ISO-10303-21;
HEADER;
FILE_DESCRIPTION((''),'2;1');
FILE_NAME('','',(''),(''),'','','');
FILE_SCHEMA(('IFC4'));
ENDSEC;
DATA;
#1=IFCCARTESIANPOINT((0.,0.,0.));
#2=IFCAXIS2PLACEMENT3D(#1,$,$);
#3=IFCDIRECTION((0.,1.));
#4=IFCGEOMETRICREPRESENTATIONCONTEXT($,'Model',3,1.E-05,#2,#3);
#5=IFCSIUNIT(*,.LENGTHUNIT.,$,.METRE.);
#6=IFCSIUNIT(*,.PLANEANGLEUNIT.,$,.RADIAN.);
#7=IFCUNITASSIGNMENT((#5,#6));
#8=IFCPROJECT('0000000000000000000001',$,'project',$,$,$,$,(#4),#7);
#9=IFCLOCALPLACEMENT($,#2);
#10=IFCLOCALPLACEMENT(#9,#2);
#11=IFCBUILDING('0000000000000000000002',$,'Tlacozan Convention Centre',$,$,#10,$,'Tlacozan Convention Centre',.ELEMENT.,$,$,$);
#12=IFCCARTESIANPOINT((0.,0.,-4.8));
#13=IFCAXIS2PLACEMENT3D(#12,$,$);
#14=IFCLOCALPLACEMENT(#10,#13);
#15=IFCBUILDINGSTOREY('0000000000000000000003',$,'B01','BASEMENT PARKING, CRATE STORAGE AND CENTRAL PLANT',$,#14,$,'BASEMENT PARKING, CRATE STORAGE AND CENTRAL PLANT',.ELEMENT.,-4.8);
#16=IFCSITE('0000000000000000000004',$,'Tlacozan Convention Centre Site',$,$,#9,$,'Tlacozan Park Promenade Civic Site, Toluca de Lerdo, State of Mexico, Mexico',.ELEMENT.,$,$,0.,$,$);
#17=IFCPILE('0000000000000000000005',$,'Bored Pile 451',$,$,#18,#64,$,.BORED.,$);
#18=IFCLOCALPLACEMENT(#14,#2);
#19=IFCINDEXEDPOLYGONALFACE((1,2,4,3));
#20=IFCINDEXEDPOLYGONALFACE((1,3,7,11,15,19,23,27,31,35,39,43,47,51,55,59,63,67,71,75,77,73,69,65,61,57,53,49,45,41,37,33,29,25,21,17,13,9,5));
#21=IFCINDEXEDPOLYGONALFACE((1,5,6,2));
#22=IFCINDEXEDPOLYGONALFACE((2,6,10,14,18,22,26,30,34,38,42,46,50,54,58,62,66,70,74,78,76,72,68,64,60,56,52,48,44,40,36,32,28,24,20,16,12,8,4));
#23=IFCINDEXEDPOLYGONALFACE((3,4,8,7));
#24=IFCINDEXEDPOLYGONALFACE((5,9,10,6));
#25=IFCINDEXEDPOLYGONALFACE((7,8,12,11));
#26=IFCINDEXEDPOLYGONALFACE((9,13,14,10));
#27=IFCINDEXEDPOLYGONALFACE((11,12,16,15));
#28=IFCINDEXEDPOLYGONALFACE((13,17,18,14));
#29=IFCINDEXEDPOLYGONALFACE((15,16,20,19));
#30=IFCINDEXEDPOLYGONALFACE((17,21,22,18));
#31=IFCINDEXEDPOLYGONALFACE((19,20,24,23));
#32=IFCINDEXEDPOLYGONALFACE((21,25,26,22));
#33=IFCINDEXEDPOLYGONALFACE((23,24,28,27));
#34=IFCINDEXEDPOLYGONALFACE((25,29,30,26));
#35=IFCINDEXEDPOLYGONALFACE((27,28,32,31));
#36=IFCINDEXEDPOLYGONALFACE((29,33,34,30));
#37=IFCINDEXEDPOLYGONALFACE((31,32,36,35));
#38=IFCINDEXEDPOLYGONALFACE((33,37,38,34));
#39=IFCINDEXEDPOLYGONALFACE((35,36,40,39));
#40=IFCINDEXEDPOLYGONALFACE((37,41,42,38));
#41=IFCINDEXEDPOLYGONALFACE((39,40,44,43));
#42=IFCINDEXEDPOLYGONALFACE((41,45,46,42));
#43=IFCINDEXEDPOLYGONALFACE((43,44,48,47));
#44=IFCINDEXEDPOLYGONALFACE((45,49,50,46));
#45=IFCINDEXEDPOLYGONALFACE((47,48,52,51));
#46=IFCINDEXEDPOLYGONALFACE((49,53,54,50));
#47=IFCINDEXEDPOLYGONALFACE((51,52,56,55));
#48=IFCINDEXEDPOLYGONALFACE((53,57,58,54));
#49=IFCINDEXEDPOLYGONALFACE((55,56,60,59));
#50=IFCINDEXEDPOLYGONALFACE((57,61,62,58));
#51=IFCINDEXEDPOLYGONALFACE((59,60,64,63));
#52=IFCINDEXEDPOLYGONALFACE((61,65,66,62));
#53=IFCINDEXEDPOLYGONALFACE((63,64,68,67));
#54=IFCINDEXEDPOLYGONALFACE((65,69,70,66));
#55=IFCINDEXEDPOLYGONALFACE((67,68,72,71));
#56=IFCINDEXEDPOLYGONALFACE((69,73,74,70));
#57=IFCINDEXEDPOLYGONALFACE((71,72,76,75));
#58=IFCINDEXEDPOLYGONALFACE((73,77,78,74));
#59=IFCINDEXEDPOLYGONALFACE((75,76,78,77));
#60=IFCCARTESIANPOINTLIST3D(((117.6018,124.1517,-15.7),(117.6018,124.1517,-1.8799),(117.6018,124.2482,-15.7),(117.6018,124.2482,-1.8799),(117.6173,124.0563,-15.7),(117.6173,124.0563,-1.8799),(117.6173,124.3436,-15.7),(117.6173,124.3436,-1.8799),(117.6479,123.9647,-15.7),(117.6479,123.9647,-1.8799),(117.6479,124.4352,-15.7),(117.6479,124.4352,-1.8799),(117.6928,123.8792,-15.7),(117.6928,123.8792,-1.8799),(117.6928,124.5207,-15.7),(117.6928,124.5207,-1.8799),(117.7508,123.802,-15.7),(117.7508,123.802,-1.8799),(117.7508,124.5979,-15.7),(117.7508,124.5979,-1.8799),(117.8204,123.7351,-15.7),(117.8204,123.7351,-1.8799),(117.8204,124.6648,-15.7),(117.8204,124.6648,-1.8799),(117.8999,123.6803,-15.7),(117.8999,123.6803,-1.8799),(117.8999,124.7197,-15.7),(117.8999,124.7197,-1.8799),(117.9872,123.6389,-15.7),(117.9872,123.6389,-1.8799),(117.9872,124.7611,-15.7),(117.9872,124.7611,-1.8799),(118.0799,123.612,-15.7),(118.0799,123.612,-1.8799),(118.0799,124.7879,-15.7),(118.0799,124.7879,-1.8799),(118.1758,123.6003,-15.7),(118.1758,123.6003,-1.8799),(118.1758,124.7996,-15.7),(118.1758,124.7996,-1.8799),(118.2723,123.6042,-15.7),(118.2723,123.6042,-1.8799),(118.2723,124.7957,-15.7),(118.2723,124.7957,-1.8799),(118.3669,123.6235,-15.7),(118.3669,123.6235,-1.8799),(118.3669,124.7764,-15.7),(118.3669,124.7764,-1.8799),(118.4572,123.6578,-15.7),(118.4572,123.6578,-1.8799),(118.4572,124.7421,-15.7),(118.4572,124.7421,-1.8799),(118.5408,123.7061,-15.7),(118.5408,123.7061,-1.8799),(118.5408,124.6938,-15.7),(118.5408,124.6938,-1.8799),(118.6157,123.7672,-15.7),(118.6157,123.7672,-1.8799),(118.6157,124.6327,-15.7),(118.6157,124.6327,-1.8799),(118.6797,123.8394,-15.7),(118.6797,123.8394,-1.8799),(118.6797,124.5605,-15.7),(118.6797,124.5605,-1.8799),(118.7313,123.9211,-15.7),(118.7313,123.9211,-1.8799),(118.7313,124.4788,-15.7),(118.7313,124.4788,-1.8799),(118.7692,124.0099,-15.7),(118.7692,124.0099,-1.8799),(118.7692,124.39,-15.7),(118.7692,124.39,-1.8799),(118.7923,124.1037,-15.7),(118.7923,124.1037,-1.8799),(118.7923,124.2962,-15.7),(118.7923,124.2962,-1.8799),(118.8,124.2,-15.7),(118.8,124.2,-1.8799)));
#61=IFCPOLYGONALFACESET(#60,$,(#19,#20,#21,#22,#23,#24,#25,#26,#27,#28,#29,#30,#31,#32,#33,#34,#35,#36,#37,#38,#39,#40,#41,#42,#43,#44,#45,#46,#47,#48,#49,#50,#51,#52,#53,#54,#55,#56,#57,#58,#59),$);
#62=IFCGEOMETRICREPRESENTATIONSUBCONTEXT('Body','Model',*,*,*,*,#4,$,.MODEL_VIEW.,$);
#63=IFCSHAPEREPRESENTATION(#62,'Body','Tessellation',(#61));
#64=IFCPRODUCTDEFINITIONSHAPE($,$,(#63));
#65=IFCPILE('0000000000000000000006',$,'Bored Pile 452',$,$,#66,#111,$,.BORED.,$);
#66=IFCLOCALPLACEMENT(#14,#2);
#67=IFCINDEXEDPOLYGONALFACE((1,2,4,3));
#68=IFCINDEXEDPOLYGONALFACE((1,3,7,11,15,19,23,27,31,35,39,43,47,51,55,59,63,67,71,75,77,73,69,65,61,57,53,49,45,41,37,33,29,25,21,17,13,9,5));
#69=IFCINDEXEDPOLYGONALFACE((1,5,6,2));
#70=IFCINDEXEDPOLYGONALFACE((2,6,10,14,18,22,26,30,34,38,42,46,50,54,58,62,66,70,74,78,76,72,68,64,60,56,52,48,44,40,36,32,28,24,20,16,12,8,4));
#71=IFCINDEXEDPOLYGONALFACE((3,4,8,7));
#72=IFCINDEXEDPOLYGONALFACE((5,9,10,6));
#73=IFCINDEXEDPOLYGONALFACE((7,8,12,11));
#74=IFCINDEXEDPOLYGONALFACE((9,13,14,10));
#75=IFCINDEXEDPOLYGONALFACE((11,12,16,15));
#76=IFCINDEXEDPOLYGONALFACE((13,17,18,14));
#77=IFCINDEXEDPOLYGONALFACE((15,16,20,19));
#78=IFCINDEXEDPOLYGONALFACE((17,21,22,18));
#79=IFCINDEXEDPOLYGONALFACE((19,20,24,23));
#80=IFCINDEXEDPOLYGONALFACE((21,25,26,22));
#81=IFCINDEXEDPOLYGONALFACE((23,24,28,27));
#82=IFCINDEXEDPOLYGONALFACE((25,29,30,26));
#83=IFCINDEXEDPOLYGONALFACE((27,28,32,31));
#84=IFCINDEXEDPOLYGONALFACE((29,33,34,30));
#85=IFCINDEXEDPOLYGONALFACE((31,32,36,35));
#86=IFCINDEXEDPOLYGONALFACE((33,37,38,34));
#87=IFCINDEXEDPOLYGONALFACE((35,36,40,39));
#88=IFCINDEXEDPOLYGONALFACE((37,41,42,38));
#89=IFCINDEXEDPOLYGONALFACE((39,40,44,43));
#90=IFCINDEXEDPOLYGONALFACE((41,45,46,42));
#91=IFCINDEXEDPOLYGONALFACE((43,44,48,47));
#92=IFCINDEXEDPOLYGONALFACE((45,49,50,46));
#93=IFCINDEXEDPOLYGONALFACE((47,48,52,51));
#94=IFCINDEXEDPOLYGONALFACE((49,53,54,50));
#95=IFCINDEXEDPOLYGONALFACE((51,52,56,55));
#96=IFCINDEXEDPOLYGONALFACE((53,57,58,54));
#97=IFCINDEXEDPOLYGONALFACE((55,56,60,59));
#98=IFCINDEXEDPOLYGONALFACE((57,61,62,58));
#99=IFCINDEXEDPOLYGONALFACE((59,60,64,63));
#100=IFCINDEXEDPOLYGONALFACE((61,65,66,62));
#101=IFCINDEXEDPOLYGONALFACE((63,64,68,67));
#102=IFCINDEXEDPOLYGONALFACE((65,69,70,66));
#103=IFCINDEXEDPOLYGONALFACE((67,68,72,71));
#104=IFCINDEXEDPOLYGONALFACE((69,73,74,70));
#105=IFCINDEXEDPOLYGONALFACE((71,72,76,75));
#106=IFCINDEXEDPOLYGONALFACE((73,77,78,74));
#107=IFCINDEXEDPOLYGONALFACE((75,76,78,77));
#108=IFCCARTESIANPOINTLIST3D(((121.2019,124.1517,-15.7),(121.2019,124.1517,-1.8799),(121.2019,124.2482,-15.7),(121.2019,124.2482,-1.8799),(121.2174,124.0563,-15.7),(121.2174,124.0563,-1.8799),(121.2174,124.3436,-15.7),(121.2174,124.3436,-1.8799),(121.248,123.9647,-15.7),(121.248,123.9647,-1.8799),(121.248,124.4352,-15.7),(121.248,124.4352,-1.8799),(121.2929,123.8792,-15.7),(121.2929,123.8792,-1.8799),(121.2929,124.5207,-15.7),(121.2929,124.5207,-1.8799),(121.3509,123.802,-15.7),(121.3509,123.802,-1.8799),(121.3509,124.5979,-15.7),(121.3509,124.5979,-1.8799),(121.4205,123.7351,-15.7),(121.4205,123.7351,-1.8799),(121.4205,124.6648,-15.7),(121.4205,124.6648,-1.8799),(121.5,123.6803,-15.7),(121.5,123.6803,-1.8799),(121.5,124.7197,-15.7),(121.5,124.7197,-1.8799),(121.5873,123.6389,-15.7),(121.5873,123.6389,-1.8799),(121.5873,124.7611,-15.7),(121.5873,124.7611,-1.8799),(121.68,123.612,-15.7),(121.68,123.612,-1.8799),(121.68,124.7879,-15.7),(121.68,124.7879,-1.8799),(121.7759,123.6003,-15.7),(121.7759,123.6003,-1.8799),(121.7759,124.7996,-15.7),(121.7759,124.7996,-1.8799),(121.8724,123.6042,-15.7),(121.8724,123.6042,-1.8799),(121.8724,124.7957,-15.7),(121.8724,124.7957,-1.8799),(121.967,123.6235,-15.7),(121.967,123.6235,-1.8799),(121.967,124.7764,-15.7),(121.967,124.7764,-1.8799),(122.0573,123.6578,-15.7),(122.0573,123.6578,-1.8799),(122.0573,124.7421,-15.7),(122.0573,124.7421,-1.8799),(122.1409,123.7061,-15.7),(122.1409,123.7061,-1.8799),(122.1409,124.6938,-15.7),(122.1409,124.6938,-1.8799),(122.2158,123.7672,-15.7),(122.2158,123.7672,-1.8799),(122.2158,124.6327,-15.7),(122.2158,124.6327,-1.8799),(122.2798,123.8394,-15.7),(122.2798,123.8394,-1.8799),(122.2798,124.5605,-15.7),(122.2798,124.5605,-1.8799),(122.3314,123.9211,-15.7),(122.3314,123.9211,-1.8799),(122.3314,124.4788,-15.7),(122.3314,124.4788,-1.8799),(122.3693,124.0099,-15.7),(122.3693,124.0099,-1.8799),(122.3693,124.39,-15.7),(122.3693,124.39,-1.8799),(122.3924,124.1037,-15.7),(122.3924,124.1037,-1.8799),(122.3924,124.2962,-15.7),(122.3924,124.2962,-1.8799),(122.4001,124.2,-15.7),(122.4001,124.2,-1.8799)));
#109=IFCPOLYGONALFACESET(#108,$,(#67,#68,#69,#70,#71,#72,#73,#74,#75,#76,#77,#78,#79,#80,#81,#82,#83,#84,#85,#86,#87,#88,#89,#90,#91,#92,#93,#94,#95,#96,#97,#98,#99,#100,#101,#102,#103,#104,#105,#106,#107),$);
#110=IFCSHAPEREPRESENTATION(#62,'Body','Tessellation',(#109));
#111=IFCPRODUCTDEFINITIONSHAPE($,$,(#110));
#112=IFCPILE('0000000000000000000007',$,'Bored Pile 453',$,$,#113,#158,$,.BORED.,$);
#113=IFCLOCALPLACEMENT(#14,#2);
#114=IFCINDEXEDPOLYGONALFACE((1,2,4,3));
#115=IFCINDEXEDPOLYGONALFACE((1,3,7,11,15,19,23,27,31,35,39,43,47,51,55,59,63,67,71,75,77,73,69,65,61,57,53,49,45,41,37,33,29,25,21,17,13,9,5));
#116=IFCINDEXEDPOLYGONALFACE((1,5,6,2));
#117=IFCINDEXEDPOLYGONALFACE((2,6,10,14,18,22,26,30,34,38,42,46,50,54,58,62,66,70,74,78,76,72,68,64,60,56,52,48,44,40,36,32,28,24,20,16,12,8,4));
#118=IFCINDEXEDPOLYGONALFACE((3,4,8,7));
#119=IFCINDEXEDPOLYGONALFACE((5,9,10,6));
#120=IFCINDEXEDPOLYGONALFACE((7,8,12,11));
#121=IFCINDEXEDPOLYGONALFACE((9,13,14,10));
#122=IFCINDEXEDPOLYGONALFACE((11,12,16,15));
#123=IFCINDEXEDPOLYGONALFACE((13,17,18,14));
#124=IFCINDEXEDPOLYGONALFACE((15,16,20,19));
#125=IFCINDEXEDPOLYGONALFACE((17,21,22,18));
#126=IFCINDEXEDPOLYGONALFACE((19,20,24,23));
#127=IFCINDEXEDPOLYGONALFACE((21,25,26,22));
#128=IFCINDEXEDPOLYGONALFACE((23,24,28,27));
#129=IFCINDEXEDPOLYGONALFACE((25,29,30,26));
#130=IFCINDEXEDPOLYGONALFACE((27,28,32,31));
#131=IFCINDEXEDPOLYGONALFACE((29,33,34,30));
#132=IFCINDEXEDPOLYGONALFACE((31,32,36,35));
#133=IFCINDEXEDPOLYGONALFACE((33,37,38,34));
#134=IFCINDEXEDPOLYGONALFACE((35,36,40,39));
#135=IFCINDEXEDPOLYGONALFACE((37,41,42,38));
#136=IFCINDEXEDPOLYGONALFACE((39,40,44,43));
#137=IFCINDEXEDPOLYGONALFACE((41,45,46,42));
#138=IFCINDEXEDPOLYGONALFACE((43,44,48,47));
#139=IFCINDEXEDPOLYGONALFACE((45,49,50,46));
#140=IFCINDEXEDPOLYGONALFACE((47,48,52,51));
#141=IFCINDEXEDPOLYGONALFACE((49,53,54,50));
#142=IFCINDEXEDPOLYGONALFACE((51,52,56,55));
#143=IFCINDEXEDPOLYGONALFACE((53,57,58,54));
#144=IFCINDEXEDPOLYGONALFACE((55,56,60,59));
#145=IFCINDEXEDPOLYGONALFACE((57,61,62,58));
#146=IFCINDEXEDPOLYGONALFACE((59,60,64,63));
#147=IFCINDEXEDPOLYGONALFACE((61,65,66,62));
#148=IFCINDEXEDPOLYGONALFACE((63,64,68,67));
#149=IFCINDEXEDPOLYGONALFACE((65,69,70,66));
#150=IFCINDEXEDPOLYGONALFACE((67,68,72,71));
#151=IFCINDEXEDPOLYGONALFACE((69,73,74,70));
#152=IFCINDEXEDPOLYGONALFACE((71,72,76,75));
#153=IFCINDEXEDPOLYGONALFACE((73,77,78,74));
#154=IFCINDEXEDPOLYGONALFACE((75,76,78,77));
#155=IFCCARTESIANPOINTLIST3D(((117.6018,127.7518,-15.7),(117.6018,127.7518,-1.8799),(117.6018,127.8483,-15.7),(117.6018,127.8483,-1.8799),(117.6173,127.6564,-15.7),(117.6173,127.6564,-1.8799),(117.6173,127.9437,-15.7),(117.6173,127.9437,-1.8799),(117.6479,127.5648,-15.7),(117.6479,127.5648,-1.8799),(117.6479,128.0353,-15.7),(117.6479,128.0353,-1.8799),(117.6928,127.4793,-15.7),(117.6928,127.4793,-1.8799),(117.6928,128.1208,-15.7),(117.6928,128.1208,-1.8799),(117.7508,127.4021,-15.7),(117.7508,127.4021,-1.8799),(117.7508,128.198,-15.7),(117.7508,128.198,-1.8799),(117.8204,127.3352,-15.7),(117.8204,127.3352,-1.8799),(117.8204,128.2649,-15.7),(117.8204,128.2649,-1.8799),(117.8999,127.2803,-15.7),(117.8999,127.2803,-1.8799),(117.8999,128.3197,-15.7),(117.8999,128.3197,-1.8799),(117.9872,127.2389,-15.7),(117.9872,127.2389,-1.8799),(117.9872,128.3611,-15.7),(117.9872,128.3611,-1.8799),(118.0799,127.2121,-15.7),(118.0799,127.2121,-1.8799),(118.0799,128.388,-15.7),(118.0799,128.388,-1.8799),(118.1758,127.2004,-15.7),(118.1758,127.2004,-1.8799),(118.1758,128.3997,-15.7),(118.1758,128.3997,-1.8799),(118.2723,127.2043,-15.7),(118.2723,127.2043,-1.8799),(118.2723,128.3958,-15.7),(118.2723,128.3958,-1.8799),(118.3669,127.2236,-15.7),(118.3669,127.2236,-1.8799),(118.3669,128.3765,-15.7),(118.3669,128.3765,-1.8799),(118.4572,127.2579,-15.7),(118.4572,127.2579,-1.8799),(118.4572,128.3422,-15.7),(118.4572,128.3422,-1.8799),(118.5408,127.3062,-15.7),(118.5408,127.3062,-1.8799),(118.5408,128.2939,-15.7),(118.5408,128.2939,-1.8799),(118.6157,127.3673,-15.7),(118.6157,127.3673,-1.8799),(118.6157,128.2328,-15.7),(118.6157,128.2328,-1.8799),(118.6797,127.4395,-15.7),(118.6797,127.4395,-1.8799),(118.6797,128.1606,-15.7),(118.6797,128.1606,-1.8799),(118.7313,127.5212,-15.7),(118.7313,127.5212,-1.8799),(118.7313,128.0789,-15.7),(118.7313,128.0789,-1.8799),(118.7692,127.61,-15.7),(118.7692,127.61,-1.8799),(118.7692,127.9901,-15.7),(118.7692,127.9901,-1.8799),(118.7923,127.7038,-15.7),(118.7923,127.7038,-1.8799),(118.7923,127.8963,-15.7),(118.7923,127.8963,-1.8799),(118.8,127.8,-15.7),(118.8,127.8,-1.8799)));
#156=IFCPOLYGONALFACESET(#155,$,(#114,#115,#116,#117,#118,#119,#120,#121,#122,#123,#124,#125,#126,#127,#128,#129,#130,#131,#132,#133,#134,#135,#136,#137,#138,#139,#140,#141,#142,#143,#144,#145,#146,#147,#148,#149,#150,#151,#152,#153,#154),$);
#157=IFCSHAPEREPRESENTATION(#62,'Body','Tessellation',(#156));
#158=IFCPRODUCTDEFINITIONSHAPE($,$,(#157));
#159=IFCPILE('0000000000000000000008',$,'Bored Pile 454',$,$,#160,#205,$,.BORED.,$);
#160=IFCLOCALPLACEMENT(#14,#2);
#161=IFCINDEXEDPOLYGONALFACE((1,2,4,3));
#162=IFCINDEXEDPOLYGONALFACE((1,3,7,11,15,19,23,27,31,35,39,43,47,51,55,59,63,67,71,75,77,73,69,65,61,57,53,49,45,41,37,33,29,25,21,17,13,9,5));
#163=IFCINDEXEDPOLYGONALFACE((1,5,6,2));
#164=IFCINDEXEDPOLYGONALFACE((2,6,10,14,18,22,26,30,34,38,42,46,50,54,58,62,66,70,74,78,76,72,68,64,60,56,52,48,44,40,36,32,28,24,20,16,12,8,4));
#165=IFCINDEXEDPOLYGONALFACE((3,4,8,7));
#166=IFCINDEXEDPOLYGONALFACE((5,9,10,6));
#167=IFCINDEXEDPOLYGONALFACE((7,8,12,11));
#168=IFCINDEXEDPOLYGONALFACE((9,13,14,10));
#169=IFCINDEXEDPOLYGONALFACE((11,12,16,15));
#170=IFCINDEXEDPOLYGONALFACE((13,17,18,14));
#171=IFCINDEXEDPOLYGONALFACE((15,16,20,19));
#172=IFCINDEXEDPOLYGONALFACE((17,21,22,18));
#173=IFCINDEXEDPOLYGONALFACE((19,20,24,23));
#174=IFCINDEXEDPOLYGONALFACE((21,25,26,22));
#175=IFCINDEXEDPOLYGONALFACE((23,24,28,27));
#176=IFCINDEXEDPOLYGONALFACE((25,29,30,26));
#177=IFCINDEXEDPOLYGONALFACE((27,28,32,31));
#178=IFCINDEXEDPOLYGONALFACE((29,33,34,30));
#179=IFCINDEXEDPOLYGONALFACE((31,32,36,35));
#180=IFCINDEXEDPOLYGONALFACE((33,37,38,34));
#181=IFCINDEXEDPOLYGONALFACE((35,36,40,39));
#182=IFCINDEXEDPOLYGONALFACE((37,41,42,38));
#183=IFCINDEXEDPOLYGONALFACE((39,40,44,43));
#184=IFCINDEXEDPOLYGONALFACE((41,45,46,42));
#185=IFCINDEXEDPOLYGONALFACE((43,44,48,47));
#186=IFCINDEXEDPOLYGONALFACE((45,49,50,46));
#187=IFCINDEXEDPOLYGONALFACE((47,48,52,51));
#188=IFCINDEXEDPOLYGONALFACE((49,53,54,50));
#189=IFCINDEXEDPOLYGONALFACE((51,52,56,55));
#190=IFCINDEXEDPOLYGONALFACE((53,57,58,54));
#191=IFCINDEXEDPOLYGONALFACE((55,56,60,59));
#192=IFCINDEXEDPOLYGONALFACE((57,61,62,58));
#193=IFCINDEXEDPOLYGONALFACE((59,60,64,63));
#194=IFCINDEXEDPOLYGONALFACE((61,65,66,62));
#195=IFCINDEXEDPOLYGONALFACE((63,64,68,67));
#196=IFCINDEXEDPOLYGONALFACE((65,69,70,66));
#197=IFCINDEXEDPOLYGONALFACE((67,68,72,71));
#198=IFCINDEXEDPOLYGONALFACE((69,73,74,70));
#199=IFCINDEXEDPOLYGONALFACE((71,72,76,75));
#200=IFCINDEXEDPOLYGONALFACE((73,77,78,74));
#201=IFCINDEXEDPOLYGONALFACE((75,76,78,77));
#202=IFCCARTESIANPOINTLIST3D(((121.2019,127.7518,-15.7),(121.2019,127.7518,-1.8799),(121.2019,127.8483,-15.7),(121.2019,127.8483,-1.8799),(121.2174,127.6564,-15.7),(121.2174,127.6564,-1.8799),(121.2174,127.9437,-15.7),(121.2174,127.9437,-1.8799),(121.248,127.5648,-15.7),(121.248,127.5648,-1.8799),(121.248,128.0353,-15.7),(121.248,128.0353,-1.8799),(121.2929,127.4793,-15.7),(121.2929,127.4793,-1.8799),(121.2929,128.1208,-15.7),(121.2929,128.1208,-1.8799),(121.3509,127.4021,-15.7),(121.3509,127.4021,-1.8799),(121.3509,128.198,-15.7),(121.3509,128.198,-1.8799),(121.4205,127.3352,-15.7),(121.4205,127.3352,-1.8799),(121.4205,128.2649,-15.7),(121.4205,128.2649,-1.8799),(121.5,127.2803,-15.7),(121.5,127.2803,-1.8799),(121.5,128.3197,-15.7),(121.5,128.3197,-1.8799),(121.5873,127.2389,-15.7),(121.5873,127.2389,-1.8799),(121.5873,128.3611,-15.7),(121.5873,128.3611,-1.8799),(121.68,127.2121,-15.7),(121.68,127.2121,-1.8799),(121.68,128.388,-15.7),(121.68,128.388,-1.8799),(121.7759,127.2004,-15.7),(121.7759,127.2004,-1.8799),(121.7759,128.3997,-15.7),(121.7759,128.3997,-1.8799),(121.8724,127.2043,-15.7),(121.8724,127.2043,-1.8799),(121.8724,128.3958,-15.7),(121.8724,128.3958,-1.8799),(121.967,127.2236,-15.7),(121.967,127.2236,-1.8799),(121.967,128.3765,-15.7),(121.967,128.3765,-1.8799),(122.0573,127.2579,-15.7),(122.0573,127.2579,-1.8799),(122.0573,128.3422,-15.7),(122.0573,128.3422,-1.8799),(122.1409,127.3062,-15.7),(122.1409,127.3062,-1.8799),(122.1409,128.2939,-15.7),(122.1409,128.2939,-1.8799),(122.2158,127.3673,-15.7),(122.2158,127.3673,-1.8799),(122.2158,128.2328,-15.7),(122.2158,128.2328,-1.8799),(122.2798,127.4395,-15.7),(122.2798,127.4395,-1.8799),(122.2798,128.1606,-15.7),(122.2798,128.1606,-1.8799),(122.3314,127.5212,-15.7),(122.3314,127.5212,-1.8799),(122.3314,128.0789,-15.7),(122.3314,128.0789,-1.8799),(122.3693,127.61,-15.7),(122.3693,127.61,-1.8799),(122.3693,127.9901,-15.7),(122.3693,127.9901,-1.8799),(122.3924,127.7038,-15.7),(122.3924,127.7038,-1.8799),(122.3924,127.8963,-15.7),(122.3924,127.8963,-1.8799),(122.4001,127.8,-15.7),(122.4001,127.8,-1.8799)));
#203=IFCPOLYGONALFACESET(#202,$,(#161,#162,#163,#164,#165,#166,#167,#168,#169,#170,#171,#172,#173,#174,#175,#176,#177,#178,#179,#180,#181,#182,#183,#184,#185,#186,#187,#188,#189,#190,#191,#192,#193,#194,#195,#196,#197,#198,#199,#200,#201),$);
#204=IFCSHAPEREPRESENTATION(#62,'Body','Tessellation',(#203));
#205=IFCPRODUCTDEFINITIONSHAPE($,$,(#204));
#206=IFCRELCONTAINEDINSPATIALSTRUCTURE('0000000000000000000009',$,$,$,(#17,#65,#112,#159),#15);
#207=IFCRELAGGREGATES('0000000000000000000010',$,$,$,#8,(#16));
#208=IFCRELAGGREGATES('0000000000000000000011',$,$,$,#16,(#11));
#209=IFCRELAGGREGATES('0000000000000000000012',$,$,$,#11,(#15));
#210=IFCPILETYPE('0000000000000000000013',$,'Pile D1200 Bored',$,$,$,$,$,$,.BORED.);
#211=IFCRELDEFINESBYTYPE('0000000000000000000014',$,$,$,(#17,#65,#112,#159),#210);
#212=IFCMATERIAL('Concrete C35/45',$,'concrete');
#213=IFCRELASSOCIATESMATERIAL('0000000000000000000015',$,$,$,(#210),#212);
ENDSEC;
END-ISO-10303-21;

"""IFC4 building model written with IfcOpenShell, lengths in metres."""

from ifc_helpers import new_model, si_unit, direction, frame, origin, origin_2d, place, context, subcontext, project, spatial, circle, extrude, material, material_profile, profile_set, type_object, element, save


model = new_model("IFC4")

# Units and contexts
model_context = context("Model", 3, precision=1e-05, world=origin(), true_north=direction((0.0, 1.0)))
body_context = subcontext(model_context, "Body", "Model", "MODEL_VIEW")
ifc_project = project(units=[si_unit("LENGTHUNIT", "METRE"), si_unit("PLANEANGLEUNIT", "RADIAN")], contexts=[model_context])

# Site, building, storey
site_placement = place(None, origin())
site = spatial("IfcSite", under=ifc_project, at=site_placement, Name="Tlacozan Convention Centre Site", LongName="Tlacozan Park Promenade Civic Site, Toluca de Lerdo, State of Mexico, Mexico", CompositionType="ELEMENT", RefElevation=0.0)
building_placement = place(site_placement, origin())
building = spatial("IfcBuilding", under=site, at=building_placement, Name="Tlacozan Convention Centre", LongName="Tlacozan Convention Centre", CompositionType="ELEMENT")
storey_placement = place(building_placement, frame((0.0, 0.0, -4.8)))
storey = spatial("IfcBuildingStorey", under=building, at=storey_placement, Name="B01", Description="BASEMENT PARKING, CRATE STORAGE AND CENTRAL PLANT", LongName="BASEMENT PARKING, CRATE STORAGE AND CENTRAL PLANT", CompositionType="ELEMENT", Elevation=-4.8)

# Shared definitions
ifc_material_1 = material(Name="Concrete C35/45", Category="concrete")

# Piles
ifc_material_profile_1 = material_profile(ifc_material_1, circle(Radius=0.6001, at=origin_2d()), Name="PILE D1200")
ifc_profile_set_1 = profile_set([ifc_material_profile_1], Name="Concrete C35/45")
pile_type_1 = type_object("IfcPileType", Name="Pile D1200 Bored", PredefinedType="BORED", material=ifc_profile_set_1)
for number, where, z_axis, x_axis, name in (
    (1, (118.2, 124.2, -1.8799), (0.0, 0.0, -1.0), (1.0, 0.0, 0.0), "Bored Pile 451"),
    (2, (121.8, 124.2, -1.8799), (0.0, 0.0, -1.0), (1.0, 0.0, 0.0), "Bored Pile 452"),
    (3, (118.2, 127.8, -1.8799), (0.0, 0.0, -1.0), (1.0, 0.0, 0.0), "Bored Pile 453"),
    (4, (121.8, 127.8, -1.8799), (0.0, 0.0, -1.0), (1.0, 0.0, 0.0), "Bored Pile 454"),
):
    element("IfcPile", number, at=place(storey_placement, frame(where, z_axis=z_axis, x_axis=x_axis)), inside=storey, type_object=pile_type_1, Name=name, PredefinedType="BORED", context=body_context, shape_type="SweptSolid", body=[
        extrude(circle(Radius=0.6001, at=origin_2d()), origin(), (0.0, 0.0, 1.0), 13.8201),
    ])

save(model, "model.ifc")
